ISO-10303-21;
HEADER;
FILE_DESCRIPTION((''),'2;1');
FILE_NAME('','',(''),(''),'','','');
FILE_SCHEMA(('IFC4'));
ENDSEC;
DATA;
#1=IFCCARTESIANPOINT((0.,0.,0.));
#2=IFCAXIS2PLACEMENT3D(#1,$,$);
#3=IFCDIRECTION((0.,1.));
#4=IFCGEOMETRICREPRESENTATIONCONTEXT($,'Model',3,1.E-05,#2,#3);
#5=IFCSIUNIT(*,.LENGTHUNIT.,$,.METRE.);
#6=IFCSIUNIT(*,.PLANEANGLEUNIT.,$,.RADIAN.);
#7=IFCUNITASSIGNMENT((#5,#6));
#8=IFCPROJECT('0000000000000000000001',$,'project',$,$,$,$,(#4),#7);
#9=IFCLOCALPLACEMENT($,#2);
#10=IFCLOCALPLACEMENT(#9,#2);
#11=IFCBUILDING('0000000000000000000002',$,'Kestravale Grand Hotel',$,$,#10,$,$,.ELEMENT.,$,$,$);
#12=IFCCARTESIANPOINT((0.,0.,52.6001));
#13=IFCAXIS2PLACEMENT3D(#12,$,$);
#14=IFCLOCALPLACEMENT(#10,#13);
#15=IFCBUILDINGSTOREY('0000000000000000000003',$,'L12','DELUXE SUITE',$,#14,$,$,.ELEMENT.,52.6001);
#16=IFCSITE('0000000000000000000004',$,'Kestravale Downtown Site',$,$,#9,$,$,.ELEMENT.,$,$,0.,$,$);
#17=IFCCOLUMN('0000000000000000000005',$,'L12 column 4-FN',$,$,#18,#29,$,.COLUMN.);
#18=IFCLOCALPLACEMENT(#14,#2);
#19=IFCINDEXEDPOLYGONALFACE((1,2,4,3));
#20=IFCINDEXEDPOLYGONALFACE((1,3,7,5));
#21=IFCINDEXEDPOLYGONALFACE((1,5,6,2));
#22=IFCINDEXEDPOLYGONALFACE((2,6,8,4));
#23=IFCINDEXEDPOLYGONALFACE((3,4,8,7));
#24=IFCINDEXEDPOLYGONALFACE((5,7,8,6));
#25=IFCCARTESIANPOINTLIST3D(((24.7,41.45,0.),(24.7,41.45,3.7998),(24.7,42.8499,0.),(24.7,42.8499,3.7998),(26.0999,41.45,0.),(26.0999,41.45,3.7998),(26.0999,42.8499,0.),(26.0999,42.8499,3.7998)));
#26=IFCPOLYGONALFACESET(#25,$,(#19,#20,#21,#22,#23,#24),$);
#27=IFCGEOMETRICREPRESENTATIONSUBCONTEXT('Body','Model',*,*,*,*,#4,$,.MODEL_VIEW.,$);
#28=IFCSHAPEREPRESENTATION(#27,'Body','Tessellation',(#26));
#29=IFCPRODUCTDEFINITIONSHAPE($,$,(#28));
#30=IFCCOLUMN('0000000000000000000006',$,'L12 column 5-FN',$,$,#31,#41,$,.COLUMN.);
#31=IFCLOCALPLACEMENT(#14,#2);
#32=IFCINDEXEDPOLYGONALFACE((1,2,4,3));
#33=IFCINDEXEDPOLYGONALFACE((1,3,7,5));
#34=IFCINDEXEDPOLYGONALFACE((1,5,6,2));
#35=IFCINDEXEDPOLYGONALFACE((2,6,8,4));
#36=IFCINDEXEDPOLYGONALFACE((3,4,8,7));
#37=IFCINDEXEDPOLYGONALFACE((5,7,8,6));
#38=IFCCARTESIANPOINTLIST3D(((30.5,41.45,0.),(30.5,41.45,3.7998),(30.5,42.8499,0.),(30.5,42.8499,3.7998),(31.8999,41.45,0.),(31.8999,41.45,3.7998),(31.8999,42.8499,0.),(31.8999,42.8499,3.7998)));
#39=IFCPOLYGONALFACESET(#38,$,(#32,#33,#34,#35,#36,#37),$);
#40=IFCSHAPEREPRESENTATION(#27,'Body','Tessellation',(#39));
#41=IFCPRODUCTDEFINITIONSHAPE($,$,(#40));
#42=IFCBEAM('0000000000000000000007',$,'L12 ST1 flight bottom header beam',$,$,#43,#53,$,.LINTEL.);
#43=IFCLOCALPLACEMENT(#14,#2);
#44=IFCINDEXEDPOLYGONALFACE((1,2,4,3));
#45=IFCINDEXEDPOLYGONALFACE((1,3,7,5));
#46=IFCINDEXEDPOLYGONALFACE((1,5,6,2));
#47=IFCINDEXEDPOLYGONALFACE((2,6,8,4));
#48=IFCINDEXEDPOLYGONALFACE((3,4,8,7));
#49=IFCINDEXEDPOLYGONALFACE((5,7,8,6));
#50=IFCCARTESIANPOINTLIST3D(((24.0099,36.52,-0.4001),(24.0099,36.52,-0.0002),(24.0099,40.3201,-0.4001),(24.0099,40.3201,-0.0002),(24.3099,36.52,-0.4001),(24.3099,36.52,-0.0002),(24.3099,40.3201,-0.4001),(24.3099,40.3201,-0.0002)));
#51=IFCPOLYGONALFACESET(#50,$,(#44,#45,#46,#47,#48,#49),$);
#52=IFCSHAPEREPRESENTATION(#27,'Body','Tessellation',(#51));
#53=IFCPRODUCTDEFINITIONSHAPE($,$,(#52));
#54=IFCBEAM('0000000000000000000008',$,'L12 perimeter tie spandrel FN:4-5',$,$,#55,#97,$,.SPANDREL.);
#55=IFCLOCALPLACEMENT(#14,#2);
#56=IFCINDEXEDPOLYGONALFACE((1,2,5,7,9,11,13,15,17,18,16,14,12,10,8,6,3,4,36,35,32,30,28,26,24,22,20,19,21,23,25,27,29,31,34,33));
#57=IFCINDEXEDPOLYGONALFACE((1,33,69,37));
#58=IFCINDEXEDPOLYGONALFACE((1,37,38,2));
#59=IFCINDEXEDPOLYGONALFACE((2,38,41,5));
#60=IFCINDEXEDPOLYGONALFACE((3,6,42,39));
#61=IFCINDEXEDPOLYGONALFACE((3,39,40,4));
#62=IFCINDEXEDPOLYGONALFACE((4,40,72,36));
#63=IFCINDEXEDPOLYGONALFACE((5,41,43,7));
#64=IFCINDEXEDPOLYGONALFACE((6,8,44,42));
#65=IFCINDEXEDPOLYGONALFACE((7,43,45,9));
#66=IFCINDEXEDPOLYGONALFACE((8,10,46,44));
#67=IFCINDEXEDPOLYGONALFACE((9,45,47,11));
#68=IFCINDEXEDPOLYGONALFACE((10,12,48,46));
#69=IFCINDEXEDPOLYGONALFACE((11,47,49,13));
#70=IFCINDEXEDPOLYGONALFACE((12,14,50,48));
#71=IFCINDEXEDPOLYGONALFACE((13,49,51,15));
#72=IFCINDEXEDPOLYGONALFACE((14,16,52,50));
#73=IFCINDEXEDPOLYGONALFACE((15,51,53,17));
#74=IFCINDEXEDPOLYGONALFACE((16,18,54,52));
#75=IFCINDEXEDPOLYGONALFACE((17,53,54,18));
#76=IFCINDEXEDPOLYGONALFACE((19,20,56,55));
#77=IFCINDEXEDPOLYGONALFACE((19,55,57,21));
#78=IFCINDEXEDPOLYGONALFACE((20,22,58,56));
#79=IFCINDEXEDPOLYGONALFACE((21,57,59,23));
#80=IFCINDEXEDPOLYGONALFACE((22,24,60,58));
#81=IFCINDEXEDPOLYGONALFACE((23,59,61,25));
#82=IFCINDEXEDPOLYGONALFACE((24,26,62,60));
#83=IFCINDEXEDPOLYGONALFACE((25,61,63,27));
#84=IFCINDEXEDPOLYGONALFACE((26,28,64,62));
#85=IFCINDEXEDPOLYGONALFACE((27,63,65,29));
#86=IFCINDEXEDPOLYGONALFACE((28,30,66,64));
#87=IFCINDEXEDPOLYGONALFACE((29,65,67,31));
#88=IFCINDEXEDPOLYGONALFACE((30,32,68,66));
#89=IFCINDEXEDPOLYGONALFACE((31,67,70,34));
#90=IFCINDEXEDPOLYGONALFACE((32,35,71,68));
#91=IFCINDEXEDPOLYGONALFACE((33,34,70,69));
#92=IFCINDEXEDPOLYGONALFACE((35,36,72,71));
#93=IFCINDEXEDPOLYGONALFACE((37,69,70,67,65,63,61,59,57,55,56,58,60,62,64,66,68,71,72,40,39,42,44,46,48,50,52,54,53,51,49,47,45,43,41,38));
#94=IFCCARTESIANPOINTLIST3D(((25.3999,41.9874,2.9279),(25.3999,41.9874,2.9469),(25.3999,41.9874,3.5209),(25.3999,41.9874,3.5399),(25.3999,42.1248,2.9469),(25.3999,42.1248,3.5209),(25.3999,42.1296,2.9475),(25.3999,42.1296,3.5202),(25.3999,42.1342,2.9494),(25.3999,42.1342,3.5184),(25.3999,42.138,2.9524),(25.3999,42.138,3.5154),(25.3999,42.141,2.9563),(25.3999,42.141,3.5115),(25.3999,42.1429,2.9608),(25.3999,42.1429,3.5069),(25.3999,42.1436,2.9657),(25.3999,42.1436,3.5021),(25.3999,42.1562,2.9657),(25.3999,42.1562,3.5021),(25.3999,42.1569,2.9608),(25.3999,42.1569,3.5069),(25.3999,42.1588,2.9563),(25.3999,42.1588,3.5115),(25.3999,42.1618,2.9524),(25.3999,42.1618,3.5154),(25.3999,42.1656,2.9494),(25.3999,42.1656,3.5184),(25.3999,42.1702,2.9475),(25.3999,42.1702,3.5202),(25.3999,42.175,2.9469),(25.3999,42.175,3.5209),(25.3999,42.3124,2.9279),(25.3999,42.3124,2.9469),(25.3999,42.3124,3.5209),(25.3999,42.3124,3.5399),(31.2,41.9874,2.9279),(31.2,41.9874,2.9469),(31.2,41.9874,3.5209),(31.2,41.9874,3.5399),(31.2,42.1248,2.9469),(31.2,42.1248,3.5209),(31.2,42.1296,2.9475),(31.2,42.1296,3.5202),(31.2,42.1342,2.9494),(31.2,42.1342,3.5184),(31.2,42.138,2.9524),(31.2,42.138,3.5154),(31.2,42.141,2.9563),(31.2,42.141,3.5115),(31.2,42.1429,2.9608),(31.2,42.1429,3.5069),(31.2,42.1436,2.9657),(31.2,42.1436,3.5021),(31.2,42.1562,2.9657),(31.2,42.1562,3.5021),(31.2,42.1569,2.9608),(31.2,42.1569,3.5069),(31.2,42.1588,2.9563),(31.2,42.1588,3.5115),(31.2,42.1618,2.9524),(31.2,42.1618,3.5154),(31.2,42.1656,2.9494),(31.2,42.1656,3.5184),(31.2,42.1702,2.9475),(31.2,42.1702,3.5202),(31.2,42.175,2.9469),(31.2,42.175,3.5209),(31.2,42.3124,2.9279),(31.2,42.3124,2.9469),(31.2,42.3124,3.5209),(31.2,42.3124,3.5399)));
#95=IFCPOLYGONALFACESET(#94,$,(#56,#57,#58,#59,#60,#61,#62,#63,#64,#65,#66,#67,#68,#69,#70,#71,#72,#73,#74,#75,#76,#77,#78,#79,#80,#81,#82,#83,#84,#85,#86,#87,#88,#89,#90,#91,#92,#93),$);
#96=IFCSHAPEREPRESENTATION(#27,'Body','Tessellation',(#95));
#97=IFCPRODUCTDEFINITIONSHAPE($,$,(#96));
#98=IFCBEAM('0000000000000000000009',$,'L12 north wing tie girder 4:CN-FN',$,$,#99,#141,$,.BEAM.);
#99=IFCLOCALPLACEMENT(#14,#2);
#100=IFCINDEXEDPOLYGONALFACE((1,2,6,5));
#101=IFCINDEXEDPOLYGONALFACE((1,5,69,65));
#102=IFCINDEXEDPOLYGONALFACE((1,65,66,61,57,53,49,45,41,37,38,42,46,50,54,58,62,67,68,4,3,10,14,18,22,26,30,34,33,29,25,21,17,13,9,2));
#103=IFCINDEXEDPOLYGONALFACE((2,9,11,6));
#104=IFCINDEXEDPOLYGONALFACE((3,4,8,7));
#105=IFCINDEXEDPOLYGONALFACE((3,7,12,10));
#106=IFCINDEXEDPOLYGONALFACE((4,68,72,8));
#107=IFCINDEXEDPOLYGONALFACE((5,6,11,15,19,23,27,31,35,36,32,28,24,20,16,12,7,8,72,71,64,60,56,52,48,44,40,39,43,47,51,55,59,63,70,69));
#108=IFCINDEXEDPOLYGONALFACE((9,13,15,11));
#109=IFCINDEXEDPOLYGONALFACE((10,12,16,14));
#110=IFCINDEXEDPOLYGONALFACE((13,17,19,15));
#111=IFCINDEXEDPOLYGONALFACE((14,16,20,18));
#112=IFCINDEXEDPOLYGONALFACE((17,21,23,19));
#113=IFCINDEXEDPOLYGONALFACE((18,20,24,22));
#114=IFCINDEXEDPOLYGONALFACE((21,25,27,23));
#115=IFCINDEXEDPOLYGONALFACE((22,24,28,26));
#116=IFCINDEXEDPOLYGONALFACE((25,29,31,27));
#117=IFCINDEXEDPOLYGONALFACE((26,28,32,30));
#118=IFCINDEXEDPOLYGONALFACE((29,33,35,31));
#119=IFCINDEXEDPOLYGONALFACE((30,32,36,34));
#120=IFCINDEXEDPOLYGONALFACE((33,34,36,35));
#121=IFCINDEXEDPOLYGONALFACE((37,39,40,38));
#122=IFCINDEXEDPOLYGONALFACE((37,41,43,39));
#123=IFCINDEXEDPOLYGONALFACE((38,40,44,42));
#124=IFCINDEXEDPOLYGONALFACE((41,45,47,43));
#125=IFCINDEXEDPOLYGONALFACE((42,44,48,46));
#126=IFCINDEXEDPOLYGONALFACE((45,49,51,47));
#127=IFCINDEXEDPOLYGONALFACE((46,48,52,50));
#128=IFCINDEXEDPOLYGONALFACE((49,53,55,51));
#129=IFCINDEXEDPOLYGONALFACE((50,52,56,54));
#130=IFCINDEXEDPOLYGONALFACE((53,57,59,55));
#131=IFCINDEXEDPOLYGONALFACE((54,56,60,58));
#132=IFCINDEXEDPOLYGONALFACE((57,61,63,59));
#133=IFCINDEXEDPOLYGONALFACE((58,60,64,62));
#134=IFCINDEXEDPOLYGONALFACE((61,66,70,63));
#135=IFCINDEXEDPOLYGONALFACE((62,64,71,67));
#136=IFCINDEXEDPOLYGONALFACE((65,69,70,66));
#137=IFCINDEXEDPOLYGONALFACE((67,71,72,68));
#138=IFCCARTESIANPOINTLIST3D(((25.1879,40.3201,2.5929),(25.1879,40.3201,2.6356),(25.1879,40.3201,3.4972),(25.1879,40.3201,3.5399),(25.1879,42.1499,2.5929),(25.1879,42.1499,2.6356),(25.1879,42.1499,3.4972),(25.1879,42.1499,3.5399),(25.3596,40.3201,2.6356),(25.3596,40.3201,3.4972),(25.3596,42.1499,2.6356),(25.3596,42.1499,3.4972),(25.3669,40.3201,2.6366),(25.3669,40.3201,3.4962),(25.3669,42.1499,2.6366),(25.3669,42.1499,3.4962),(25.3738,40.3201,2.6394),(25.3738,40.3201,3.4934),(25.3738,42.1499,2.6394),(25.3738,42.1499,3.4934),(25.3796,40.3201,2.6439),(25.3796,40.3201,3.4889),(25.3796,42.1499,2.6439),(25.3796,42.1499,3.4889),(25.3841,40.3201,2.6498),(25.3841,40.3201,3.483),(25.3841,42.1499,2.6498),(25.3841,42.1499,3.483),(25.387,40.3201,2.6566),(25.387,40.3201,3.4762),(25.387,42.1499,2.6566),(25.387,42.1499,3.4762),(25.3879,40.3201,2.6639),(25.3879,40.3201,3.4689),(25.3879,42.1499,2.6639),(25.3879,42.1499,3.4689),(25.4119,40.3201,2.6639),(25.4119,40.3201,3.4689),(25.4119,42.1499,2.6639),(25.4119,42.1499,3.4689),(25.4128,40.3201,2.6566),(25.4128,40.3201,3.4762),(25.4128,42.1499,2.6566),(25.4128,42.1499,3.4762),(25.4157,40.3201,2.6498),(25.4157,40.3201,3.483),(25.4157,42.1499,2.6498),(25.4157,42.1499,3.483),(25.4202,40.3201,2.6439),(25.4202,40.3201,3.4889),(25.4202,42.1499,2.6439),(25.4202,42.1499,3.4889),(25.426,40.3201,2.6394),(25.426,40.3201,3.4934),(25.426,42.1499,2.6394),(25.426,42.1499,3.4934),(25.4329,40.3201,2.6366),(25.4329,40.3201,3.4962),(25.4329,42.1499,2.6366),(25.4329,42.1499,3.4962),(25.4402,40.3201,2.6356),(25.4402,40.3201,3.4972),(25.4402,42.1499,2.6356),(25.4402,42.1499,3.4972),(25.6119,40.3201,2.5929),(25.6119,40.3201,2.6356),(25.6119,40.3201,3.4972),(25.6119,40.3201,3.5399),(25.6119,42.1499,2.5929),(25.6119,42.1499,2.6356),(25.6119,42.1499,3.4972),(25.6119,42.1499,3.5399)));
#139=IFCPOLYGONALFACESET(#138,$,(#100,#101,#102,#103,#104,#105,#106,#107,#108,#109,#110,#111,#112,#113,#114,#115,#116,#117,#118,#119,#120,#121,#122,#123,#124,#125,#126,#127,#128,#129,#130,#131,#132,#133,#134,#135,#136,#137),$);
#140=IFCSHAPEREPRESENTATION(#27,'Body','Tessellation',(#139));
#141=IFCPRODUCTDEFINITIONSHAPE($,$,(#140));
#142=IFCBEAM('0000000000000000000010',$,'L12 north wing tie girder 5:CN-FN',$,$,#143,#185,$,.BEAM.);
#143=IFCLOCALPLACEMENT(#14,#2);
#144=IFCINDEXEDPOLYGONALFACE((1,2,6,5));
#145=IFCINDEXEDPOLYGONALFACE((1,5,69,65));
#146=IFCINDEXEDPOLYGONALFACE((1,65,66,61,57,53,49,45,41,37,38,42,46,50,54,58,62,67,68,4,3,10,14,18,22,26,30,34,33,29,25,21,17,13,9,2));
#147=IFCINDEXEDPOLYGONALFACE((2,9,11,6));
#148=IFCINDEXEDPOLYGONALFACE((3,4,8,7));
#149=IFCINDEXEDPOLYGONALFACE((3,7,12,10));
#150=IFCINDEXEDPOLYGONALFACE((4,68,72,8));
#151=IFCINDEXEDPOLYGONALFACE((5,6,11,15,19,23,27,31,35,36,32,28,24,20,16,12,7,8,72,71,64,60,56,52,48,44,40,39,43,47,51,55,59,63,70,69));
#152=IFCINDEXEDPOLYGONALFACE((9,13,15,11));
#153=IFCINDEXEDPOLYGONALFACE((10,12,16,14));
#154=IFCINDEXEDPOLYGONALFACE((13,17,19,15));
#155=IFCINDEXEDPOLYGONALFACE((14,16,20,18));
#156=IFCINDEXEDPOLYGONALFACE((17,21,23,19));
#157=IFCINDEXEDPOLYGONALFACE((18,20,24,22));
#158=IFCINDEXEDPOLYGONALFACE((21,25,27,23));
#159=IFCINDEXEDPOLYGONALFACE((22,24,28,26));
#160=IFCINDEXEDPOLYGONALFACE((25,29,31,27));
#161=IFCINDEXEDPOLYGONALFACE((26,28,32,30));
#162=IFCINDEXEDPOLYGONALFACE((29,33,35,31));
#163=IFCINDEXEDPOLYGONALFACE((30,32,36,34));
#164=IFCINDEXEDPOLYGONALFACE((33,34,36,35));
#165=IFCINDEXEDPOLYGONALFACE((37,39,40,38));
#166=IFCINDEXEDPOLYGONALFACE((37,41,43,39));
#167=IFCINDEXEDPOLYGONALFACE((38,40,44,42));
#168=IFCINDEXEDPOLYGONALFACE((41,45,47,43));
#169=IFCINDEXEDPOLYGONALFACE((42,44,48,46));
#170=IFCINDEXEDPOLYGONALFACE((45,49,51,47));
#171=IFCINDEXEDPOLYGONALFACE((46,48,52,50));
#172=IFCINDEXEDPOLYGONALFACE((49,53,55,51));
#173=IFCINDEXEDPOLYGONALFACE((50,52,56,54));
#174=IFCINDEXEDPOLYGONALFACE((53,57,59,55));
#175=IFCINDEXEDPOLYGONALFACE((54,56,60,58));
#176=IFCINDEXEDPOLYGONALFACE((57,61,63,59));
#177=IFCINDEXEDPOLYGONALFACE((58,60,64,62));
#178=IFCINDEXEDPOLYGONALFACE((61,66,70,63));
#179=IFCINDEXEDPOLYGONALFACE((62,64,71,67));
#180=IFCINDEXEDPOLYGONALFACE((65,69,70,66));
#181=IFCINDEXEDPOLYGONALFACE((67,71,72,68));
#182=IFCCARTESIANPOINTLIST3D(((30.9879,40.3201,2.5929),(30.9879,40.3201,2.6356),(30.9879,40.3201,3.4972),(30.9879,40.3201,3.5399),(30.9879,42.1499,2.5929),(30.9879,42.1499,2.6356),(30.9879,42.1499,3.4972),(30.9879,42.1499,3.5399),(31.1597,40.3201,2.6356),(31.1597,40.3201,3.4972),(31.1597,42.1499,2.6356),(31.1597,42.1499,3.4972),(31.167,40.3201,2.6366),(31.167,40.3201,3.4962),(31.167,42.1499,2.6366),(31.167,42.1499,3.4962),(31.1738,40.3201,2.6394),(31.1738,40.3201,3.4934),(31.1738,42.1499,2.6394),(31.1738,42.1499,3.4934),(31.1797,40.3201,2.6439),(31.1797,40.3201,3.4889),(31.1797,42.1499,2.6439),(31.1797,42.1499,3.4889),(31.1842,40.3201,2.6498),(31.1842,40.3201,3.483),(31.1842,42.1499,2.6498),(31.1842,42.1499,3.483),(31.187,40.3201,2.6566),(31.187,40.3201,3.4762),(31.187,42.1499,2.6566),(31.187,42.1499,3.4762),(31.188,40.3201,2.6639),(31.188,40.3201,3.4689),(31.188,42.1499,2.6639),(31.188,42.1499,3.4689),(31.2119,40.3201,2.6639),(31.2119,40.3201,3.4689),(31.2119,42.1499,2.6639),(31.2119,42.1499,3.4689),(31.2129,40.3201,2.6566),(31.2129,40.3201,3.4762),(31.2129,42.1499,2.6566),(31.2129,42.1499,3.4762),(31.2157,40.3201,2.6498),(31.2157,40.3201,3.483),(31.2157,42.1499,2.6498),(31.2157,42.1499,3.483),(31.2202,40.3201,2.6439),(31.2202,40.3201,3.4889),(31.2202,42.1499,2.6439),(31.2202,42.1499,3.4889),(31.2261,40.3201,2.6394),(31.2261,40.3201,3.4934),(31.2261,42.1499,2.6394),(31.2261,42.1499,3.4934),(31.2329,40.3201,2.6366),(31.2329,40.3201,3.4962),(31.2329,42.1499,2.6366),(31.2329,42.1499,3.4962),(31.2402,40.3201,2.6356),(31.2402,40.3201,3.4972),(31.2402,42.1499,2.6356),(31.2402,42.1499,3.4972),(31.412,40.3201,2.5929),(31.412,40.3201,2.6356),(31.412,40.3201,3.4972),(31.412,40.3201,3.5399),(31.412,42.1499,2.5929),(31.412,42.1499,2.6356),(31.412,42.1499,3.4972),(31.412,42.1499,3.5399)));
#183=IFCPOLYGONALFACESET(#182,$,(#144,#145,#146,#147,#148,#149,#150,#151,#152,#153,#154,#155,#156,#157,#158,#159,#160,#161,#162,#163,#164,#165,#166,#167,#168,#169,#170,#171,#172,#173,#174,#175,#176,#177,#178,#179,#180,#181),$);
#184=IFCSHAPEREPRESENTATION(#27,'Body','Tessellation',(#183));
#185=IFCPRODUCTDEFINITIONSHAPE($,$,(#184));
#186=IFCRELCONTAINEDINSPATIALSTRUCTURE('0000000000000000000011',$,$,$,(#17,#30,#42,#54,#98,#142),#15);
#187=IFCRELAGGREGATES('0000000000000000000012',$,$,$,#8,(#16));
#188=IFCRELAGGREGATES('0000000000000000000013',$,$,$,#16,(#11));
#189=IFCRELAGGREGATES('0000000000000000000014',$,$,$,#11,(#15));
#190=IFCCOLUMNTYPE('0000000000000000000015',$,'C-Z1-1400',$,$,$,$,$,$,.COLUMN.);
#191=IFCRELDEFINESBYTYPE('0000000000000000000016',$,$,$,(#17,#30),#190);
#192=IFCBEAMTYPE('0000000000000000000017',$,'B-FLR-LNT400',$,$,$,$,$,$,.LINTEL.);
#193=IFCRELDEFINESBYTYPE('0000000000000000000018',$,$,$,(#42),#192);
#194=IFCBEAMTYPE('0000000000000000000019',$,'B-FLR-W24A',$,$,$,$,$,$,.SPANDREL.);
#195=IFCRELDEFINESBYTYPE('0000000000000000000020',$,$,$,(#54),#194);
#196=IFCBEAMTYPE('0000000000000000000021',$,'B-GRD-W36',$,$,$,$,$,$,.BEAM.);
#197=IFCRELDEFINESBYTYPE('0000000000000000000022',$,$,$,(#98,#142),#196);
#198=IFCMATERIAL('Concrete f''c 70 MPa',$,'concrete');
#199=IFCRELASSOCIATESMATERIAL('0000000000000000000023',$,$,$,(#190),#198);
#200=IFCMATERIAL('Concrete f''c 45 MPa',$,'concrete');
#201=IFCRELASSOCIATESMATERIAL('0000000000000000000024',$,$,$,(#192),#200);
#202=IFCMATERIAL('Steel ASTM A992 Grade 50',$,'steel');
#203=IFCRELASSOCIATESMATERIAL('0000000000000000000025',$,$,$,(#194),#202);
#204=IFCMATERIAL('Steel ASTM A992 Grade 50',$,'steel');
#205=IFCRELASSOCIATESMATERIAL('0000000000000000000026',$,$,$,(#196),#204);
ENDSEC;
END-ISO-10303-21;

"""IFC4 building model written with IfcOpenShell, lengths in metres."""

from ifc_helpers import new_model, si_unit, direction, frame, origin, origin_2d, place, context, subcontext, project, spatial, rectangle, i_section, extrude, material, material_profile, profile_set, type_object, element, save


model = new_model("IFC4")

# Units and contexts
model_context = context("Model", 3, precision=1e-05, world=origin(), true_north=direction((0.0, 1.0)))
body_context = subcontext(model_context, "Body", "Model", "MODEL_VIEW")
ifc_project = project(units=[si_unit("LENGTHUNIT", "METRE"), si_unit("PLANEANGLEUNIT", "RADIAN")], contexts=[model_context])

# Site, building, storey
site_placement = place(None, origin())
site = spatial("IfcSite", under=ifc_project, at=site_placement, Name="Kestravale Downtown Site", CompositionType="ELEMENT", RefElevation=0.0)
building_placement = place(site_placement, origin())
building = spatial("IfcBuilding", under=site, at=building_placement, Name="Kestravale Grand Hotel", CompositionType="ELEMENT")
storey_placement = place(building_placement, frame((0.0, 0.0, 52.6001)))
storey = spatial("IfcBuildingStorey", under=building, at=storey_placement, Name="L12", Description="DELUXE SUITE", CompositionType="ELEMENT", Elevation=52.6001)

# Columns
ifc_material_1 = material(Name="Concrete f'c 70 MPa", Category="concrete")
ifc_material_profile_1 = material_profile(ifc_material_1, rectangle(XDim=1.3999, YDim=1.3999, at=origin_2d()))
ifc_profile_set_1 = profile_set([ifc_material_profile_1], Name="Concrete f'c 70 MPa")
column_type = type_object("IfcColumnType", Name="C-Z1-1400", PredefinedType="COLUMN", material=ifc_profile_set_1)
for number, where, z_axis, x_axis, name in (
    (1, (25.3999, 42.1499, 0.0), (0.0, 0.0, 1.0), (1.0, 0.0, 0.0), "L12 column 4-FN"),
    (2, (31.2, 42.1499, 0.0), (0.0, 0.0, 1.0), (1.0, 0.0, 0.0), "L12 column 5-FN"),
):
    element("IfcColumn", number, at=place(storey_placement, frame(where, z_axis=z_axis, x_axis=x_axis)), inside=storey, type_object=column_type, Name=name, PredefinedType="COLUMN", context=body_context, shape_type="SweptSolid", body=[
        extrude(rectangle(XDim=1.3999, YDim=1.3999, at=origin_2d()), origin(), (0.0, 0.0, 1.0), 3.7998),
    ])

# Beams
ifc_material_2 = material(Name="Concrete f'c 45 MPa", Category="concrete")
ifc_material_profile_2 = material_profile(ifc_material_2, rectangle(XDim=0.3, YDim=0.3999, at=origin_2d()))
ifc_profile_set_2 = profile_set([ifc_material_profile_2], Name="Concrete f'c 45 MPa")
beam_type_1 = type_object("IfcBeamType", Name="B-FLR-LNT400", PredefinedType="LINTEL", material=ifc_profile_set_2)
beam_1_placement = place(storey_placement, frame((24.1599, 36.52, -0.2002), z_axis=(0.0, 1.0, 0.0), x_axis=(-1.0, 0.0, 0.0)))
element("IfcBeam", 3, at=beam_1_placement, inside=storey, type_object=beam_type_1, Name="L12 ST1 flight bottom header beam", PredefinedType="LINTEL", context=body_context, shape_type="SweptSolid", body=[
    extrude(rectangle(XDim=0.3, YDim=0.3999, at=origin_2d()), origin(), (0.0, 0.0, 1.0), 3.8),
])
ifc_material_3 = material(Name="Steel ASTM A992 Grade 50", Category="steel")
ifc_material_profile_3 = material_profile(ifc_material_3, i_section(OverallWidth=0.325, OverallDepth=0.6121, WebThickness=0.0127, FlangeThickness=0.019, FilletRadius=0.0188, at=origin_2d()))
ifc_profile_set_3 = profile_set([ifc_material_profile_3], Name="Steel ASTM A992 Grade 50")
beam_type_2 = type_object("IfcBeamType", Name="B-FLR-W24A", PredefinedType="SPANDREL", material=ifc_profile_set_3)
beam_2_placement = place(storey_placement, frame((25.3999, 42.1499, 3.2339), z_axis=(1.0, 0.0, 0.0), x_axis=(0.0, 1.0, 0.0)))
element("IfcBeam", 4, at=beam_2_placement, inside=storey, type_object=beam_type_2, Name="L12 perimeter tie spandrel FN:4-5", PredefinedType="SPANDREL", context=body_context, shape_type="SweptSolid", body=[
    extrude(i_section(OverallWidth=0.325, OverallDepth=0.6121, WebThickness=0.0127, FlangeThickness=0.019, FilletRadius=0.0188, at=origin_2d()), origin(), (0.0, 0.0, 1.0), 5.8),
])
ifc_material_4 = material(Name="Steel ASTM A992 Grade 50", Category="steel")
ifc_material_profile_4 = material_profile(ifc_material_4, i_section(OverallWidth=0.4241, OverallDepth=0.947, WebThickness=0.0239, FlangeThickness=0.0427, FilletRadius=0.0283, at=origin_2d()))
ifc_profile_set_4 = profile_set([ifc_material_profile_4], Name="Steel ASTM A992 Grade 50")
beam_type_3 = type_object("IfcBeamType", Name="B-GRD-W36", PredefinedType="BEAM", material=ifc_profile_set_4)
for number, where, z_axis, x_axis, name in (
    (5, (25.3999, 40.3201, 3.0664), (0.0, 1.0, 0.0), (-1.0, 0.0, 0.0), "L12 north wing tie girder 4:CN-FN"),
    (6, (31.2, 40.3201, 3.0664), (0.0, 1.0, 0.0), (-1.0, 0.0, 0.0), "L12 north wing tie girder 5:CN-FN"),
):
    element("IfcBeam", number, at=place(storey_placement, frame(where, z_axis=z_axis, x_axis=x_axis)), inside=storey, type_object=beam_type_3, Name=name, PredefinedType="BEAM", context=body_context, shape_type="SweptSolid", body=[
        extrude(i_section(OverallWidth=0.4241, OverallDepth=0.947, WebThickness=0.0239, FlangeThickness=0.0427, FilletRadius=0.0283, at=origin_2d()), origin(), (0.0, 0.0, 1.0), 1.8298),
    ])

save(model, "model.ifc")
